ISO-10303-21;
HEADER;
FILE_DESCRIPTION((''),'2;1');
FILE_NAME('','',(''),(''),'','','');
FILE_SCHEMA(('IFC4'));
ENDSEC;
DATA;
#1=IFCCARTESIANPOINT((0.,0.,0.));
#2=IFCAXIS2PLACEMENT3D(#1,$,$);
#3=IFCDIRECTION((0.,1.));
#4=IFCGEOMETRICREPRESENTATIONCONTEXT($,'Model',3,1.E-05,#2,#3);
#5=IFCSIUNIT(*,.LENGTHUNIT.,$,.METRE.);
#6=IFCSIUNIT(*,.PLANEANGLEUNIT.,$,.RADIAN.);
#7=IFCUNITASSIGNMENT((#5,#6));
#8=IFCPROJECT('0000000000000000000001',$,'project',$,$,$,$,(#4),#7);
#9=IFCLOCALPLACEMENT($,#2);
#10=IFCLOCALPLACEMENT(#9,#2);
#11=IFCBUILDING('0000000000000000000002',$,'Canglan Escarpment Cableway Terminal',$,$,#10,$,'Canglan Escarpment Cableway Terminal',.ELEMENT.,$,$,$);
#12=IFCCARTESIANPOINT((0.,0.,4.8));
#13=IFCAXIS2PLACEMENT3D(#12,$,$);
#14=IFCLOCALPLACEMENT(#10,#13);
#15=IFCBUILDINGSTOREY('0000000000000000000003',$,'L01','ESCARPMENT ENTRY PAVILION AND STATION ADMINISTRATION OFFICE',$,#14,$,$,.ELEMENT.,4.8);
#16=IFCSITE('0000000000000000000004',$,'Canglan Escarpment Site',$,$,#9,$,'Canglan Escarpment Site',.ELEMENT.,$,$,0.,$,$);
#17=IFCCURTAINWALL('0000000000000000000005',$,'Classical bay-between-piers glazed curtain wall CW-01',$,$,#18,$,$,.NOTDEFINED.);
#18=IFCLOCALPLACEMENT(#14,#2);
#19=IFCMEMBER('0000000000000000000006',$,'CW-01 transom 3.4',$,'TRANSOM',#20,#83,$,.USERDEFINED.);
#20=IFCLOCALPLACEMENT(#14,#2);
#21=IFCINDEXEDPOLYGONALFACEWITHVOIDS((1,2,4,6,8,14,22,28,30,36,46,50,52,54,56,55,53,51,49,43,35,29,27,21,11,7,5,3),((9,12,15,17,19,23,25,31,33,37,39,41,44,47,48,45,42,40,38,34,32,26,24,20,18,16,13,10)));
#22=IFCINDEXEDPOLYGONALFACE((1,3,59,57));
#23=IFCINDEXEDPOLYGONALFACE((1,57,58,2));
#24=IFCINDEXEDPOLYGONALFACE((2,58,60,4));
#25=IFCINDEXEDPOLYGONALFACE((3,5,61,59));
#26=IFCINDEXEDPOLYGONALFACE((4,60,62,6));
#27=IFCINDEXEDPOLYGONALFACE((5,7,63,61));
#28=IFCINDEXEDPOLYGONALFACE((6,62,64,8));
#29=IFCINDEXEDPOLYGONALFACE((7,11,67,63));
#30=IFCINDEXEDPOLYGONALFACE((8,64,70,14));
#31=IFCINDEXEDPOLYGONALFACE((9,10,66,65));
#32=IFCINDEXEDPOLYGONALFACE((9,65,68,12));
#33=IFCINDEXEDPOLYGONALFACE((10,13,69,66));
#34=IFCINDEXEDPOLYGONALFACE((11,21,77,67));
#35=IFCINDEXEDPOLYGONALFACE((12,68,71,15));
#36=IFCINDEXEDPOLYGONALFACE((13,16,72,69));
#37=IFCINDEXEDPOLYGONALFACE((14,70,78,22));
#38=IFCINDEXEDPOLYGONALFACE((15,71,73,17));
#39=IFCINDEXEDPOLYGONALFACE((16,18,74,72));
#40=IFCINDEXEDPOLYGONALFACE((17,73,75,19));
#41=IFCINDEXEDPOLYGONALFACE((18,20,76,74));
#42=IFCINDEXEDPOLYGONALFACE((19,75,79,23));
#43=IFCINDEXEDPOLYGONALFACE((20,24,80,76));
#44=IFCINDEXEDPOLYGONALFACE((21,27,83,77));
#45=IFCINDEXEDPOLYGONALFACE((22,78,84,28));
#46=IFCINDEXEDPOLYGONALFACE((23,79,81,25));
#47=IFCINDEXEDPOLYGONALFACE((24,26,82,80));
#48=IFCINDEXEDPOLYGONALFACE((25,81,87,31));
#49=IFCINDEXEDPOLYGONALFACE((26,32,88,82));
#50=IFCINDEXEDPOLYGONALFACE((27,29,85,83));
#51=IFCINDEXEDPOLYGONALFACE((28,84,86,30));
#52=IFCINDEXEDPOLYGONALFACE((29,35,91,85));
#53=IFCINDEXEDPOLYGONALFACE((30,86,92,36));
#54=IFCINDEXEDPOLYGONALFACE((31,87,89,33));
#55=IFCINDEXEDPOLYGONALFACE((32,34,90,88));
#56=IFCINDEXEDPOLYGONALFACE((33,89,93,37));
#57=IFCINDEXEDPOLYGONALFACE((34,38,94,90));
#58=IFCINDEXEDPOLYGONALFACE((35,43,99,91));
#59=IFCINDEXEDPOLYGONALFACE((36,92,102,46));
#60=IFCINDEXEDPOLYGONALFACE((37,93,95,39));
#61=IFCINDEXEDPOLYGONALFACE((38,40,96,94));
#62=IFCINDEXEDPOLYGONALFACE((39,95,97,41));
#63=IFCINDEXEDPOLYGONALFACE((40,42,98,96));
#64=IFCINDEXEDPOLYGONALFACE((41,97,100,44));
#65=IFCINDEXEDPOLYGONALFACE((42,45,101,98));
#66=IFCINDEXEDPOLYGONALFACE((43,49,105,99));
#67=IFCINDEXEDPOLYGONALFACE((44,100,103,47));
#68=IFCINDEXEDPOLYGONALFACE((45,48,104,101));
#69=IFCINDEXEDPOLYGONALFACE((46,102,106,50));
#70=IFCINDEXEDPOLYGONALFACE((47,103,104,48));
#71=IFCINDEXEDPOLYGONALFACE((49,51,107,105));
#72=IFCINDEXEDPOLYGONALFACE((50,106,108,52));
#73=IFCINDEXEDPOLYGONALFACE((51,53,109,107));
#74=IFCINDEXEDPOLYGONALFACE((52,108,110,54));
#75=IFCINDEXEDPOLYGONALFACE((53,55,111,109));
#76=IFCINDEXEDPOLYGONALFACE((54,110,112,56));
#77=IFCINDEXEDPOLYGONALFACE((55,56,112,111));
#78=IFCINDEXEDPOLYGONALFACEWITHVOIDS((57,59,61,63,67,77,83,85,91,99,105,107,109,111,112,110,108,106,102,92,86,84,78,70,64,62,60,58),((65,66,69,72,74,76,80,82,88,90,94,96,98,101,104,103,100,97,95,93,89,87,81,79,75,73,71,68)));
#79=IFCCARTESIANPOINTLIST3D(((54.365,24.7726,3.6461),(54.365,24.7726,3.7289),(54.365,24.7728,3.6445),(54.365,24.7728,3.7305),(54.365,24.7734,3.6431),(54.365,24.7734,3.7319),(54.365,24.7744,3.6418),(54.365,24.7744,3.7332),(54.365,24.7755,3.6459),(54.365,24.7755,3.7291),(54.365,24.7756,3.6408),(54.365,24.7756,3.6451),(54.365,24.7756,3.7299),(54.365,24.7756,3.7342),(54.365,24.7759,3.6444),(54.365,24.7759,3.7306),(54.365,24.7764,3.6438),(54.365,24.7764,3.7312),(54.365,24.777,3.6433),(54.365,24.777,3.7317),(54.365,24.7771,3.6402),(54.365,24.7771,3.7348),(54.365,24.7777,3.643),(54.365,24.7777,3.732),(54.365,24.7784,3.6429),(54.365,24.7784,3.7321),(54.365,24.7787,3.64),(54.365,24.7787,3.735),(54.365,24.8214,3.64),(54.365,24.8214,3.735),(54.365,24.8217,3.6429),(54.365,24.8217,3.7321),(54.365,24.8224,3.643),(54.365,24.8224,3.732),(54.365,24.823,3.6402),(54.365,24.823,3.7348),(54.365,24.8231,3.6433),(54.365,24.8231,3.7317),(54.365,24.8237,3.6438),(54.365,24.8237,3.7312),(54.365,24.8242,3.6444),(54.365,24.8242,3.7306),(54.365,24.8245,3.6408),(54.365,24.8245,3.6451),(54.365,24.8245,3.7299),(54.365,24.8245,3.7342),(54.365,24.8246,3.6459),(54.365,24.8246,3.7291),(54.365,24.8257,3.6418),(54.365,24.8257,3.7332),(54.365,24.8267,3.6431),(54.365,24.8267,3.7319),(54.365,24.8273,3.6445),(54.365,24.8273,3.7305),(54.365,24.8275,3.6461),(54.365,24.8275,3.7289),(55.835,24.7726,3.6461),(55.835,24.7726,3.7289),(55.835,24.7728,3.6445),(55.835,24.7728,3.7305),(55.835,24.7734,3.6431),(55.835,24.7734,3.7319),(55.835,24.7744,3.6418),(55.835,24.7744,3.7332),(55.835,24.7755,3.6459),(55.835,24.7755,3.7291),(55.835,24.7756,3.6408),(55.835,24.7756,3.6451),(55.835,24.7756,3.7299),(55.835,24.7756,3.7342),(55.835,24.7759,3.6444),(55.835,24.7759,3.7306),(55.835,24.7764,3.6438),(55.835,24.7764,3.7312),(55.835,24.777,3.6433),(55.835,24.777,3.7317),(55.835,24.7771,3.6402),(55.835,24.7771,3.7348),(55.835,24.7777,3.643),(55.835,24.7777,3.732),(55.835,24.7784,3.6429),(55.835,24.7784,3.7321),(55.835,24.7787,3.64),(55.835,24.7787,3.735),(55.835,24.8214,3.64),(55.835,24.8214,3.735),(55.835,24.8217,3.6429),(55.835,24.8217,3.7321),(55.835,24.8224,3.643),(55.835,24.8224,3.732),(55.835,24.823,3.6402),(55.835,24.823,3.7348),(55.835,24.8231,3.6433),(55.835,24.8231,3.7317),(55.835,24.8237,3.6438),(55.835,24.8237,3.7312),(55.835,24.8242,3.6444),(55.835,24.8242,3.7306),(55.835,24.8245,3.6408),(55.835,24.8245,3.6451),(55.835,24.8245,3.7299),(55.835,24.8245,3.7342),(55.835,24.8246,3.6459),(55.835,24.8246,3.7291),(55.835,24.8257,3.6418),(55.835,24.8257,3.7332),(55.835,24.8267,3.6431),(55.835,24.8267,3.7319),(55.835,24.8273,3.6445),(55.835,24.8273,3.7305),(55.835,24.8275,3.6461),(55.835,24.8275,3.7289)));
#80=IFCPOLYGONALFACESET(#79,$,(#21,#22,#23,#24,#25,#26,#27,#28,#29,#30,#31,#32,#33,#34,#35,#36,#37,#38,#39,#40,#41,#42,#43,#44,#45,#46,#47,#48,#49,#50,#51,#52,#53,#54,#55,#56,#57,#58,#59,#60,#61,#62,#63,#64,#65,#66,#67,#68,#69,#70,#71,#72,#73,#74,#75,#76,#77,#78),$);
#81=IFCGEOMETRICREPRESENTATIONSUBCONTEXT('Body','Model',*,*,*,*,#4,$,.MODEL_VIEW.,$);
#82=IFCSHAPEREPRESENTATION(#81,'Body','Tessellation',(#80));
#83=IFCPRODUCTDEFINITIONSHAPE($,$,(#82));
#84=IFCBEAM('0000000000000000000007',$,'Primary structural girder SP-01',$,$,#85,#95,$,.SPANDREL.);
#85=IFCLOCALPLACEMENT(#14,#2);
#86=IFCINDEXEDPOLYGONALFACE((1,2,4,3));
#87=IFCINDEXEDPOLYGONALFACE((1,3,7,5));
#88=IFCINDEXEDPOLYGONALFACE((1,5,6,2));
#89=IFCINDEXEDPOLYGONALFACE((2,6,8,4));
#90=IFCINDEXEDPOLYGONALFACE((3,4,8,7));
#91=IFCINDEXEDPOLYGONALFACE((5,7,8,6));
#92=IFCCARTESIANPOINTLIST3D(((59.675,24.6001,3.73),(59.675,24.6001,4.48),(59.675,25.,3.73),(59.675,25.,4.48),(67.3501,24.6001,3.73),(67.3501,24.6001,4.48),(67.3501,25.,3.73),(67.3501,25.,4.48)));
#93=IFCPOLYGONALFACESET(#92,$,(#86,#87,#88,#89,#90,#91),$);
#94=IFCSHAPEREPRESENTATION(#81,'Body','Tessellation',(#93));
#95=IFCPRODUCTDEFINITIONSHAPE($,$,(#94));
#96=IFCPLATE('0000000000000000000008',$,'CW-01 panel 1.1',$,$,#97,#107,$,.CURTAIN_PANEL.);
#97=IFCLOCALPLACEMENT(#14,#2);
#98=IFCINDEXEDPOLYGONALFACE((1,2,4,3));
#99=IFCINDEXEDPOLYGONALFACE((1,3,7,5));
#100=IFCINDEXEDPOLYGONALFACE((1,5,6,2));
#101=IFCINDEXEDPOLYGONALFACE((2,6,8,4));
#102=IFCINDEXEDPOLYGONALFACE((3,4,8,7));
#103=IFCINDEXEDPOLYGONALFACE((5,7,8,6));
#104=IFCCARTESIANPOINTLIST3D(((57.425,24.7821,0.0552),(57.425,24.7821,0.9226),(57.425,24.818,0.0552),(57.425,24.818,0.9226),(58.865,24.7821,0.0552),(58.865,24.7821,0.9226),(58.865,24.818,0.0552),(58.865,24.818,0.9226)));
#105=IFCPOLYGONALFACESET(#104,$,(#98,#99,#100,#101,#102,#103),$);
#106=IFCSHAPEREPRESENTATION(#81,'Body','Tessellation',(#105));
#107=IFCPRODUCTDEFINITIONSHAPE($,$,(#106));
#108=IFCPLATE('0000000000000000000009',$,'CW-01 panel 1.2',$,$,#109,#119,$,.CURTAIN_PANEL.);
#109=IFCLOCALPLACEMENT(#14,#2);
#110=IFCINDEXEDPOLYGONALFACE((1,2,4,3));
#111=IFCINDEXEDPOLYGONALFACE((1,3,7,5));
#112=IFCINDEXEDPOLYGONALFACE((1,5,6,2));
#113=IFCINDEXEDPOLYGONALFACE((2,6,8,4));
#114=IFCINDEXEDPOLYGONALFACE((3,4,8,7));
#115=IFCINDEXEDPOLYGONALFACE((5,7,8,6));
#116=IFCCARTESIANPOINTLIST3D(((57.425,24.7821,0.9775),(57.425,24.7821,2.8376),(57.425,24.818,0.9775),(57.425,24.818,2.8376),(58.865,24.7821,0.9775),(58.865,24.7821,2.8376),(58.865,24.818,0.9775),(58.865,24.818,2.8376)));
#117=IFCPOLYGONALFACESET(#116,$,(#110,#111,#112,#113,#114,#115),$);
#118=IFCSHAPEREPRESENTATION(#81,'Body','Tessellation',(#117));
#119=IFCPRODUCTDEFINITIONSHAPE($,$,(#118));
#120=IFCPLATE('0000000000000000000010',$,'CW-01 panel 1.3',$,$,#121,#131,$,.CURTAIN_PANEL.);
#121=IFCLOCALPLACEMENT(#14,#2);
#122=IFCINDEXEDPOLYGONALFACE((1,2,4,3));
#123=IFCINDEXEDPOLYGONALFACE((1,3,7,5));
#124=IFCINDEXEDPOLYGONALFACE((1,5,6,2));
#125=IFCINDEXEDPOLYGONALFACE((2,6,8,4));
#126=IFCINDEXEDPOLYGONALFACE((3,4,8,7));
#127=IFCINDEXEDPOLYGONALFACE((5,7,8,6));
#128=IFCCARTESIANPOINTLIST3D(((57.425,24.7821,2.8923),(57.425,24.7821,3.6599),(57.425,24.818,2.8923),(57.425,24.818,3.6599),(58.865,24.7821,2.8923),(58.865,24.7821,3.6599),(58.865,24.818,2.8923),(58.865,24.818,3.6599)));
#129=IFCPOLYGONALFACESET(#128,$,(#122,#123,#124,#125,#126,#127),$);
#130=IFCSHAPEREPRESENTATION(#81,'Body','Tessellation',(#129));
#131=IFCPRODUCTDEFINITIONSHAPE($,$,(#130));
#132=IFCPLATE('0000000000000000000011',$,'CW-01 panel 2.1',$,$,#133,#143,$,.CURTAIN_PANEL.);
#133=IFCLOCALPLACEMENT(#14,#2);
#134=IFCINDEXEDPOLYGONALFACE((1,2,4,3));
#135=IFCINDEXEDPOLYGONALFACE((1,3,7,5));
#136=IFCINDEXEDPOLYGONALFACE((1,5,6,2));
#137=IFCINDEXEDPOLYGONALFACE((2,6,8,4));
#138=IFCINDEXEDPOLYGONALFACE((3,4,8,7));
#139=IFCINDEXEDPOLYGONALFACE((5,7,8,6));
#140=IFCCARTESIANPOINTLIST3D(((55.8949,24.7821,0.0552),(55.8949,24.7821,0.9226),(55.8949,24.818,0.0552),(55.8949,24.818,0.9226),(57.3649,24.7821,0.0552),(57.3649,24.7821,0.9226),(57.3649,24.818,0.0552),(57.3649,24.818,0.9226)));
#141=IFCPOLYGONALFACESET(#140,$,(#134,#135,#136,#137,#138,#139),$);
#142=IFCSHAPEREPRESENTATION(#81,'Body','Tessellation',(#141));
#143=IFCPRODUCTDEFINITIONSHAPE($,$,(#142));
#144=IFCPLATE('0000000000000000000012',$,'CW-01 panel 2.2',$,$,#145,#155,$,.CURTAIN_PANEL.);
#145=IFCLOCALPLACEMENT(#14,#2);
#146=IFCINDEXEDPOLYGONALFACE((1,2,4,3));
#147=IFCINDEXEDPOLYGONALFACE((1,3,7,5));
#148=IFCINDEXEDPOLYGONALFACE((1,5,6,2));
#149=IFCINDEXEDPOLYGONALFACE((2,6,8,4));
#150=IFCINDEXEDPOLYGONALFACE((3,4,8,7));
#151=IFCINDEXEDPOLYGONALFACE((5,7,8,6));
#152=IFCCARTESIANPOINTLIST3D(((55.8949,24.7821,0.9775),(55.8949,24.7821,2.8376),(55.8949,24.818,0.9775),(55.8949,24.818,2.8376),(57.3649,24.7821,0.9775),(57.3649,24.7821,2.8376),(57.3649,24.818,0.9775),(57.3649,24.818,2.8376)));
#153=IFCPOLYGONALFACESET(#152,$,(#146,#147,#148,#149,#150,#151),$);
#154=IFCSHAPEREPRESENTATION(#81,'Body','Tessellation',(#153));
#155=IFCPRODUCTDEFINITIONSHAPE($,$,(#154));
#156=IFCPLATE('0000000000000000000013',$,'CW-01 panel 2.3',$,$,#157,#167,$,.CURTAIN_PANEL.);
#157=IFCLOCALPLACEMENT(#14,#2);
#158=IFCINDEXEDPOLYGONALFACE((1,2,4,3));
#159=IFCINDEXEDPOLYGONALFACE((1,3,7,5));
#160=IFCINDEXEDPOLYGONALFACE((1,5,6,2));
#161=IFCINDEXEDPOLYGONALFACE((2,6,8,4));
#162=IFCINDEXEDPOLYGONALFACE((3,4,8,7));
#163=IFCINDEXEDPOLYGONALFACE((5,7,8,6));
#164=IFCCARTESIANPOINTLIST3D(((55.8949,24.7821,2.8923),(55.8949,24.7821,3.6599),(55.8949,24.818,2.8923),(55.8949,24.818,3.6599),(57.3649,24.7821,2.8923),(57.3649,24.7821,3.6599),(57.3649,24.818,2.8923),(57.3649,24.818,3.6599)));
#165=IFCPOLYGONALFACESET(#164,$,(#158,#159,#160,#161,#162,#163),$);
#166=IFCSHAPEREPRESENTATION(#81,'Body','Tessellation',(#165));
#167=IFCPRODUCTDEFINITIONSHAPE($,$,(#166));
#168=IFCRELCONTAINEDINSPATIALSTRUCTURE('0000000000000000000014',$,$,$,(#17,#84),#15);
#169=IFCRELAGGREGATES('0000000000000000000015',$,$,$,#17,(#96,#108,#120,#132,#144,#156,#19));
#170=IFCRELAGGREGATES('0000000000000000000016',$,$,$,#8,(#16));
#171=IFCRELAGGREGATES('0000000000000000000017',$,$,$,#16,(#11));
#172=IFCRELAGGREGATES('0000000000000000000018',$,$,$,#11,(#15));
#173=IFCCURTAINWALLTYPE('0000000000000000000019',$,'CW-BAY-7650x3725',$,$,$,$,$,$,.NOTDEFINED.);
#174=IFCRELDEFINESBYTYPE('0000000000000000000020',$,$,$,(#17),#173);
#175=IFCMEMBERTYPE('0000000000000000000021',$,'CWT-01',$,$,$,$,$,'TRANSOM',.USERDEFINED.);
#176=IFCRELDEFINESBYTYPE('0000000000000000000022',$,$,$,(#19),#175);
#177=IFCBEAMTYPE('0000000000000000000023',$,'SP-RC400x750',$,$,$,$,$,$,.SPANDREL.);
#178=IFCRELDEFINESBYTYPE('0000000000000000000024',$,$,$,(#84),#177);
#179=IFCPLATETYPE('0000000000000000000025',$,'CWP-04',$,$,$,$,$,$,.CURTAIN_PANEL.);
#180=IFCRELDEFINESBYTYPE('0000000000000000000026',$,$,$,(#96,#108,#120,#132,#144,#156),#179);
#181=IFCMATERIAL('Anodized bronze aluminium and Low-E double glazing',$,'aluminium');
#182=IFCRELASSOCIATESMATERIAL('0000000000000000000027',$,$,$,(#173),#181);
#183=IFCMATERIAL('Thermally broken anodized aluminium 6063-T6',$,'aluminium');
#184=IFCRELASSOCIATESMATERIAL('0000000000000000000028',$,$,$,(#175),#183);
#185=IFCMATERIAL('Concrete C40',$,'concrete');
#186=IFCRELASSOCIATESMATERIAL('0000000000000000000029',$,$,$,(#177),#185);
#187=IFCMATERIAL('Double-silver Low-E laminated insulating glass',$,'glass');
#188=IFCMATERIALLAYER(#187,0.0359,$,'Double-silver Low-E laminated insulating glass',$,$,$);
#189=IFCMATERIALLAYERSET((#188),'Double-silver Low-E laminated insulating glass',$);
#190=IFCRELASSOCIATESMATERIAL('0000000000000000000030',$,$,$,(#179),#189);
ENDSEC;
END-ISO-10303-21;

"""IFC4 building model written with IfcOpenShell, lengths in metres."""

from ifc_helpers import new_model, si_unit, direction, frame, origin, origin_2d, place, context, subcontext, project, spatial, rectangle, hollow_rectangle, extrude, material, layer, layer_set, material_profile, profile_set, type_object, element, aggregate, save


model = new_model("IFC4")

# Units and contexts
model_context = context("Model", 3, precision=1e-05, world=origin(), true_north=direction((0.0, 1.0)))
body_context = subcontext(model_context, "Body", "Model", "MODEL_VIEW")
ifc_project = project(units=[si_unit("LENGTHUNIT", "METRE"), si_unit("PLANEANGLEUNIT", "RADIAN")], contexts=[model_context])

# Site, building, storey
site_placement = place(None, origin())
site = spatial("IfcSite", under=ifc_project, at=site_placement, Name="Canglan Escarpment Site", LongName="Canglan Escarpment Site", CompositionType="ELEMENT", RefElevation=0.0)
building_placement = place(site_placement, origin())
building = spatial("IfcBuilding", under=site, at=building_placement, Name="Canglan Escarpment Cableway Terminal", LongName="Canglan Escarpment Cableway Terminal", CompositionType="ELEMENT")
storey_placement = place(building_placement, frame((0.0, 0.0, 4.8)))
storey = spatial("IfcBuildingStorey", under=building, at=storey_placement, Name="L01", Description="ESCARPMENT ENTRY PAVILION AND STATION ADMINISTRATION OFFICE", CompositionType="ELEMENT", Elevation=4.8)

# Shared definitions
ifc_material_1 = material(Name="Concrete C40", Category="concrete")

# Curtain wall, member
ifc_material_2 = material(Name="Anodized bronze aluminium and Low-E double glazing", Category="aluminium")
curtain_wall_type = type_object("IfcCurtainWallType", Name="CW-BAY-7650x3725", PredefinedType="NOTDEFINED", material=ifc_material_2)
curtain_wall_placement = place(storey_placement, origin())
curtain_wall = element("IfcCurtainWall", 1, at=curtain_wall_placement, inside=storey, type_object=curtain_wall_type, Name="Classical bay-between-piers glazed curtain wall CW-01", PredefinedType="NOTDEFINED")
ifc_material_3 = material(Name="Thermally broken anodized aluminium 6063-T6", Category="aluminium")
ifc_material_profile_1 = material_profile(ifc_material_3, hollow_rectangle(XDim=0.0549, YDim=0.095, WallThickness=0.0029, InnerFilletRadius=0.0029, OuterFilletRadius=0.0061, at=origin_2d()), Name="ALU-TRAN 55x95x3")
ifc_profile_set_1 = profile_set([ifc_material_profile_1], Name="Thermally broken anodized aluminium 6063-T6")
member_type_1 = type_object("IfcMemberType", Name="CWT-01", ElementType="TRANSOM", PredefinedType="USERDEFINED", material=ifc_profile_set_1)
member_1_placement = place(storey_placement, frame((55.835, 24.8, 3.6875), z_axis=(-1.0, 0.0, 0.0), x_axis=(0.0, -1.0, 0.0)))
member_1 = element("IfcMember", 2, at=member_1_placement, type_object=member_type_1, Name="CW-01 transom 3.4", ObjectType="TRANSOM", PredefinedType="USERDEFINED", context=body_context, shape_type="SweptSolid", body=[
    extrude(hollow_rectangle(XDim=0.0549, YDim=0.095, WallThickness=0.0029, InnerFilletRadius=0.0029, OuterFilletRadius=0.0061, at=origin_2d()), origin(), (0.0, 0.0, 1.0), 1.47),
])

# Beam
ifc_material_profile_2 = material_profile(ifc_material_1, rectangle(XDim=0.3999, YDim=0.75, at=origin_2d()), Name="RC 400x750")
ifc_profile_set_2 = profile_set([ifc_material_profile_2], Name="Concrete C40")
beam_type = type_object("IfcBeamType", Name="SP-RC400x750", PredefinedType="SPANDREL", material=ifc_profile_set_2)
beam_placement = place(storey_placement, frame((59.675, 24.8, 4.105), z_axis=(1.0, 0.0, 0.0), x_axis=(0.0, 1.0, 0.0)))
element("IfcBeam", 3, at=beam_placement, inside=storey, type_object=beam_type, Name="Primary structural girder SP-01", PredefinedType="SPANDREL", context=body_context, shape_type="SweptSolid", body=[
    extrude(rectangle(XDim=0.3999, YDim=0.75, at=origin_2d()), origin(), (0.0, 0.0, 1.0), 7.675),
])

# Plates
ifc_material_4 = material(Name="Double-silver Low-E laminated insulating glass", Category="glass")
ifc_layer = layer(ifc_material_4, 0.0359, Name="Double-silver Low-E laminated insulating glass")
ifc_layer_set = layer_set([ifc_layer], Name="Double-silver Low-E laminated insulating glass")
plate_type = type_object("IfcPlateType", Name="CWP-04", PredefinedType="CURTAIN_PANEL", material=ifc_layer_set)
plate_1_placement = place(storey_placement, frame((58.145, 24.8, 0.0552), z_axis=(0.0, 0.0, 1.0), x_axis=(-1.0, 0.0, 0.0)))
plate_1 = element("IfcPlate", 4, at=plate_1_placement, type_object=plate_type, Name="CW-01 panel 1.1", PredefinedType="CURTAIN_PANEL", context=body_context, shape_type="SweptSolid", body=[
    extrude(rectangle(XDim=1.4399, YDim=0.0359, at=origin_2d()), origin(), (0.0, 0.0, 1.0), 0.8674),
])
plate_2_placement = place(storey_placement, frame((58.145, 24.8, 0.9775), z_axis=(0.0, 0.0, 1.0), x_axis=(-1.0, 0.0, 0.0)))
plate_2 = element("IfcPlate", 5, at=plate_2_placement, type_object=plate_type, Name="CW-01 panel 1.2", PredefinedType="CURTAIN_PANEL", context=body_context, shape_type="SweptSolid", body=[
    extrude(rectangle(XDim=1.4399, YDim=0.0359, at=origin_2d()), origin(), (0.0, 0.0, 1.0), 1.8601),
])
plate_3_placement = place(storey_placement, frame((58.145, 24.8, 2.8923), z_axis=(0.0, 0.0, 1.0), x_axis=(-1.0, 0.0, 0.0)))
plate_3 = element("IfcPlate", 6, at=plate_3_placement, type_object=plate_type, Name="CW-01 panel 1.3", PredefinedType="CURTAIN_PANEL", context=body_context, shape_type="SweptSolid", body=[
    extrude(rectangle(XDim=1.4399, YDim=0.0359, at=origin_2d()), origin(), (0.0, 0.0, 1.0), 0.7676),
])
plate_4_placement = place(storey_placement, frame((56.6299, 24.8, 0.0552), z_axis=(0.0, 0.0, 1.0), x_axis=(-1.0, 0.0, 0.0)))
plate_4 = element("IfcPlate", 7, at=plate_4_placement, type_object=plate_type, Name="CW-01 panel 2.1", PredefinedType="CURTAIN_PANEL", context=body_context, shape_type="SweptSolid", body=[
    extrude(rectangle(XDim=1.47, YDim=0.0359, at=origin_2d()), origin(), (0.0, 0.0, 1.0), 0.8674),
])
plate_5_placement = place(storey_placement, frame((56.6299, 24.8, 0.9775), z_axis=(0.0, 0.0, 1.0), x_axis=(-1.0, 0.0, 0.0)))
plate_5 = element("IfcPlate", 8, at=plate_5_placement, type_object=plate_type, Name="CW-01 panel 2.2", PredefinedType="CURTAIN_PANEL", context=body_context, shape_type="SweptSolid", body=[
    extrude(rectangle(XDim=1.47, YDim=0.0359, at=origin_2d()), origin(), (0.0, 0.0, 1.0), 1.8601),
])
plate_6_placement = place(storey_placement, frame((56.6299, 24.8, 2.8923), z_axis=(0.0, 0.0, 1.0), x_axis=(-1.0, 0.0, 0.0)))
plate_6 = element("IfcPlate", 9, at=plate_6_placement, type_object=plate_type, Name="CW-01 panel 2.3", PredefinedType="CURTAIN_PANEL", context=body_context, shape_type="SweptSolid", body=[
    extrude(rectangle(XDim=1.47, YDim=0.0359, at=origin_2d()), origin(), (0.0, 0.0, 1.0), 0.7676),
])
aggregate(curtain_wall, [plate_1, plate_2, plate_3, plate_4, plate_5, plate_6, member_1])

save(model, "model.ifc")
